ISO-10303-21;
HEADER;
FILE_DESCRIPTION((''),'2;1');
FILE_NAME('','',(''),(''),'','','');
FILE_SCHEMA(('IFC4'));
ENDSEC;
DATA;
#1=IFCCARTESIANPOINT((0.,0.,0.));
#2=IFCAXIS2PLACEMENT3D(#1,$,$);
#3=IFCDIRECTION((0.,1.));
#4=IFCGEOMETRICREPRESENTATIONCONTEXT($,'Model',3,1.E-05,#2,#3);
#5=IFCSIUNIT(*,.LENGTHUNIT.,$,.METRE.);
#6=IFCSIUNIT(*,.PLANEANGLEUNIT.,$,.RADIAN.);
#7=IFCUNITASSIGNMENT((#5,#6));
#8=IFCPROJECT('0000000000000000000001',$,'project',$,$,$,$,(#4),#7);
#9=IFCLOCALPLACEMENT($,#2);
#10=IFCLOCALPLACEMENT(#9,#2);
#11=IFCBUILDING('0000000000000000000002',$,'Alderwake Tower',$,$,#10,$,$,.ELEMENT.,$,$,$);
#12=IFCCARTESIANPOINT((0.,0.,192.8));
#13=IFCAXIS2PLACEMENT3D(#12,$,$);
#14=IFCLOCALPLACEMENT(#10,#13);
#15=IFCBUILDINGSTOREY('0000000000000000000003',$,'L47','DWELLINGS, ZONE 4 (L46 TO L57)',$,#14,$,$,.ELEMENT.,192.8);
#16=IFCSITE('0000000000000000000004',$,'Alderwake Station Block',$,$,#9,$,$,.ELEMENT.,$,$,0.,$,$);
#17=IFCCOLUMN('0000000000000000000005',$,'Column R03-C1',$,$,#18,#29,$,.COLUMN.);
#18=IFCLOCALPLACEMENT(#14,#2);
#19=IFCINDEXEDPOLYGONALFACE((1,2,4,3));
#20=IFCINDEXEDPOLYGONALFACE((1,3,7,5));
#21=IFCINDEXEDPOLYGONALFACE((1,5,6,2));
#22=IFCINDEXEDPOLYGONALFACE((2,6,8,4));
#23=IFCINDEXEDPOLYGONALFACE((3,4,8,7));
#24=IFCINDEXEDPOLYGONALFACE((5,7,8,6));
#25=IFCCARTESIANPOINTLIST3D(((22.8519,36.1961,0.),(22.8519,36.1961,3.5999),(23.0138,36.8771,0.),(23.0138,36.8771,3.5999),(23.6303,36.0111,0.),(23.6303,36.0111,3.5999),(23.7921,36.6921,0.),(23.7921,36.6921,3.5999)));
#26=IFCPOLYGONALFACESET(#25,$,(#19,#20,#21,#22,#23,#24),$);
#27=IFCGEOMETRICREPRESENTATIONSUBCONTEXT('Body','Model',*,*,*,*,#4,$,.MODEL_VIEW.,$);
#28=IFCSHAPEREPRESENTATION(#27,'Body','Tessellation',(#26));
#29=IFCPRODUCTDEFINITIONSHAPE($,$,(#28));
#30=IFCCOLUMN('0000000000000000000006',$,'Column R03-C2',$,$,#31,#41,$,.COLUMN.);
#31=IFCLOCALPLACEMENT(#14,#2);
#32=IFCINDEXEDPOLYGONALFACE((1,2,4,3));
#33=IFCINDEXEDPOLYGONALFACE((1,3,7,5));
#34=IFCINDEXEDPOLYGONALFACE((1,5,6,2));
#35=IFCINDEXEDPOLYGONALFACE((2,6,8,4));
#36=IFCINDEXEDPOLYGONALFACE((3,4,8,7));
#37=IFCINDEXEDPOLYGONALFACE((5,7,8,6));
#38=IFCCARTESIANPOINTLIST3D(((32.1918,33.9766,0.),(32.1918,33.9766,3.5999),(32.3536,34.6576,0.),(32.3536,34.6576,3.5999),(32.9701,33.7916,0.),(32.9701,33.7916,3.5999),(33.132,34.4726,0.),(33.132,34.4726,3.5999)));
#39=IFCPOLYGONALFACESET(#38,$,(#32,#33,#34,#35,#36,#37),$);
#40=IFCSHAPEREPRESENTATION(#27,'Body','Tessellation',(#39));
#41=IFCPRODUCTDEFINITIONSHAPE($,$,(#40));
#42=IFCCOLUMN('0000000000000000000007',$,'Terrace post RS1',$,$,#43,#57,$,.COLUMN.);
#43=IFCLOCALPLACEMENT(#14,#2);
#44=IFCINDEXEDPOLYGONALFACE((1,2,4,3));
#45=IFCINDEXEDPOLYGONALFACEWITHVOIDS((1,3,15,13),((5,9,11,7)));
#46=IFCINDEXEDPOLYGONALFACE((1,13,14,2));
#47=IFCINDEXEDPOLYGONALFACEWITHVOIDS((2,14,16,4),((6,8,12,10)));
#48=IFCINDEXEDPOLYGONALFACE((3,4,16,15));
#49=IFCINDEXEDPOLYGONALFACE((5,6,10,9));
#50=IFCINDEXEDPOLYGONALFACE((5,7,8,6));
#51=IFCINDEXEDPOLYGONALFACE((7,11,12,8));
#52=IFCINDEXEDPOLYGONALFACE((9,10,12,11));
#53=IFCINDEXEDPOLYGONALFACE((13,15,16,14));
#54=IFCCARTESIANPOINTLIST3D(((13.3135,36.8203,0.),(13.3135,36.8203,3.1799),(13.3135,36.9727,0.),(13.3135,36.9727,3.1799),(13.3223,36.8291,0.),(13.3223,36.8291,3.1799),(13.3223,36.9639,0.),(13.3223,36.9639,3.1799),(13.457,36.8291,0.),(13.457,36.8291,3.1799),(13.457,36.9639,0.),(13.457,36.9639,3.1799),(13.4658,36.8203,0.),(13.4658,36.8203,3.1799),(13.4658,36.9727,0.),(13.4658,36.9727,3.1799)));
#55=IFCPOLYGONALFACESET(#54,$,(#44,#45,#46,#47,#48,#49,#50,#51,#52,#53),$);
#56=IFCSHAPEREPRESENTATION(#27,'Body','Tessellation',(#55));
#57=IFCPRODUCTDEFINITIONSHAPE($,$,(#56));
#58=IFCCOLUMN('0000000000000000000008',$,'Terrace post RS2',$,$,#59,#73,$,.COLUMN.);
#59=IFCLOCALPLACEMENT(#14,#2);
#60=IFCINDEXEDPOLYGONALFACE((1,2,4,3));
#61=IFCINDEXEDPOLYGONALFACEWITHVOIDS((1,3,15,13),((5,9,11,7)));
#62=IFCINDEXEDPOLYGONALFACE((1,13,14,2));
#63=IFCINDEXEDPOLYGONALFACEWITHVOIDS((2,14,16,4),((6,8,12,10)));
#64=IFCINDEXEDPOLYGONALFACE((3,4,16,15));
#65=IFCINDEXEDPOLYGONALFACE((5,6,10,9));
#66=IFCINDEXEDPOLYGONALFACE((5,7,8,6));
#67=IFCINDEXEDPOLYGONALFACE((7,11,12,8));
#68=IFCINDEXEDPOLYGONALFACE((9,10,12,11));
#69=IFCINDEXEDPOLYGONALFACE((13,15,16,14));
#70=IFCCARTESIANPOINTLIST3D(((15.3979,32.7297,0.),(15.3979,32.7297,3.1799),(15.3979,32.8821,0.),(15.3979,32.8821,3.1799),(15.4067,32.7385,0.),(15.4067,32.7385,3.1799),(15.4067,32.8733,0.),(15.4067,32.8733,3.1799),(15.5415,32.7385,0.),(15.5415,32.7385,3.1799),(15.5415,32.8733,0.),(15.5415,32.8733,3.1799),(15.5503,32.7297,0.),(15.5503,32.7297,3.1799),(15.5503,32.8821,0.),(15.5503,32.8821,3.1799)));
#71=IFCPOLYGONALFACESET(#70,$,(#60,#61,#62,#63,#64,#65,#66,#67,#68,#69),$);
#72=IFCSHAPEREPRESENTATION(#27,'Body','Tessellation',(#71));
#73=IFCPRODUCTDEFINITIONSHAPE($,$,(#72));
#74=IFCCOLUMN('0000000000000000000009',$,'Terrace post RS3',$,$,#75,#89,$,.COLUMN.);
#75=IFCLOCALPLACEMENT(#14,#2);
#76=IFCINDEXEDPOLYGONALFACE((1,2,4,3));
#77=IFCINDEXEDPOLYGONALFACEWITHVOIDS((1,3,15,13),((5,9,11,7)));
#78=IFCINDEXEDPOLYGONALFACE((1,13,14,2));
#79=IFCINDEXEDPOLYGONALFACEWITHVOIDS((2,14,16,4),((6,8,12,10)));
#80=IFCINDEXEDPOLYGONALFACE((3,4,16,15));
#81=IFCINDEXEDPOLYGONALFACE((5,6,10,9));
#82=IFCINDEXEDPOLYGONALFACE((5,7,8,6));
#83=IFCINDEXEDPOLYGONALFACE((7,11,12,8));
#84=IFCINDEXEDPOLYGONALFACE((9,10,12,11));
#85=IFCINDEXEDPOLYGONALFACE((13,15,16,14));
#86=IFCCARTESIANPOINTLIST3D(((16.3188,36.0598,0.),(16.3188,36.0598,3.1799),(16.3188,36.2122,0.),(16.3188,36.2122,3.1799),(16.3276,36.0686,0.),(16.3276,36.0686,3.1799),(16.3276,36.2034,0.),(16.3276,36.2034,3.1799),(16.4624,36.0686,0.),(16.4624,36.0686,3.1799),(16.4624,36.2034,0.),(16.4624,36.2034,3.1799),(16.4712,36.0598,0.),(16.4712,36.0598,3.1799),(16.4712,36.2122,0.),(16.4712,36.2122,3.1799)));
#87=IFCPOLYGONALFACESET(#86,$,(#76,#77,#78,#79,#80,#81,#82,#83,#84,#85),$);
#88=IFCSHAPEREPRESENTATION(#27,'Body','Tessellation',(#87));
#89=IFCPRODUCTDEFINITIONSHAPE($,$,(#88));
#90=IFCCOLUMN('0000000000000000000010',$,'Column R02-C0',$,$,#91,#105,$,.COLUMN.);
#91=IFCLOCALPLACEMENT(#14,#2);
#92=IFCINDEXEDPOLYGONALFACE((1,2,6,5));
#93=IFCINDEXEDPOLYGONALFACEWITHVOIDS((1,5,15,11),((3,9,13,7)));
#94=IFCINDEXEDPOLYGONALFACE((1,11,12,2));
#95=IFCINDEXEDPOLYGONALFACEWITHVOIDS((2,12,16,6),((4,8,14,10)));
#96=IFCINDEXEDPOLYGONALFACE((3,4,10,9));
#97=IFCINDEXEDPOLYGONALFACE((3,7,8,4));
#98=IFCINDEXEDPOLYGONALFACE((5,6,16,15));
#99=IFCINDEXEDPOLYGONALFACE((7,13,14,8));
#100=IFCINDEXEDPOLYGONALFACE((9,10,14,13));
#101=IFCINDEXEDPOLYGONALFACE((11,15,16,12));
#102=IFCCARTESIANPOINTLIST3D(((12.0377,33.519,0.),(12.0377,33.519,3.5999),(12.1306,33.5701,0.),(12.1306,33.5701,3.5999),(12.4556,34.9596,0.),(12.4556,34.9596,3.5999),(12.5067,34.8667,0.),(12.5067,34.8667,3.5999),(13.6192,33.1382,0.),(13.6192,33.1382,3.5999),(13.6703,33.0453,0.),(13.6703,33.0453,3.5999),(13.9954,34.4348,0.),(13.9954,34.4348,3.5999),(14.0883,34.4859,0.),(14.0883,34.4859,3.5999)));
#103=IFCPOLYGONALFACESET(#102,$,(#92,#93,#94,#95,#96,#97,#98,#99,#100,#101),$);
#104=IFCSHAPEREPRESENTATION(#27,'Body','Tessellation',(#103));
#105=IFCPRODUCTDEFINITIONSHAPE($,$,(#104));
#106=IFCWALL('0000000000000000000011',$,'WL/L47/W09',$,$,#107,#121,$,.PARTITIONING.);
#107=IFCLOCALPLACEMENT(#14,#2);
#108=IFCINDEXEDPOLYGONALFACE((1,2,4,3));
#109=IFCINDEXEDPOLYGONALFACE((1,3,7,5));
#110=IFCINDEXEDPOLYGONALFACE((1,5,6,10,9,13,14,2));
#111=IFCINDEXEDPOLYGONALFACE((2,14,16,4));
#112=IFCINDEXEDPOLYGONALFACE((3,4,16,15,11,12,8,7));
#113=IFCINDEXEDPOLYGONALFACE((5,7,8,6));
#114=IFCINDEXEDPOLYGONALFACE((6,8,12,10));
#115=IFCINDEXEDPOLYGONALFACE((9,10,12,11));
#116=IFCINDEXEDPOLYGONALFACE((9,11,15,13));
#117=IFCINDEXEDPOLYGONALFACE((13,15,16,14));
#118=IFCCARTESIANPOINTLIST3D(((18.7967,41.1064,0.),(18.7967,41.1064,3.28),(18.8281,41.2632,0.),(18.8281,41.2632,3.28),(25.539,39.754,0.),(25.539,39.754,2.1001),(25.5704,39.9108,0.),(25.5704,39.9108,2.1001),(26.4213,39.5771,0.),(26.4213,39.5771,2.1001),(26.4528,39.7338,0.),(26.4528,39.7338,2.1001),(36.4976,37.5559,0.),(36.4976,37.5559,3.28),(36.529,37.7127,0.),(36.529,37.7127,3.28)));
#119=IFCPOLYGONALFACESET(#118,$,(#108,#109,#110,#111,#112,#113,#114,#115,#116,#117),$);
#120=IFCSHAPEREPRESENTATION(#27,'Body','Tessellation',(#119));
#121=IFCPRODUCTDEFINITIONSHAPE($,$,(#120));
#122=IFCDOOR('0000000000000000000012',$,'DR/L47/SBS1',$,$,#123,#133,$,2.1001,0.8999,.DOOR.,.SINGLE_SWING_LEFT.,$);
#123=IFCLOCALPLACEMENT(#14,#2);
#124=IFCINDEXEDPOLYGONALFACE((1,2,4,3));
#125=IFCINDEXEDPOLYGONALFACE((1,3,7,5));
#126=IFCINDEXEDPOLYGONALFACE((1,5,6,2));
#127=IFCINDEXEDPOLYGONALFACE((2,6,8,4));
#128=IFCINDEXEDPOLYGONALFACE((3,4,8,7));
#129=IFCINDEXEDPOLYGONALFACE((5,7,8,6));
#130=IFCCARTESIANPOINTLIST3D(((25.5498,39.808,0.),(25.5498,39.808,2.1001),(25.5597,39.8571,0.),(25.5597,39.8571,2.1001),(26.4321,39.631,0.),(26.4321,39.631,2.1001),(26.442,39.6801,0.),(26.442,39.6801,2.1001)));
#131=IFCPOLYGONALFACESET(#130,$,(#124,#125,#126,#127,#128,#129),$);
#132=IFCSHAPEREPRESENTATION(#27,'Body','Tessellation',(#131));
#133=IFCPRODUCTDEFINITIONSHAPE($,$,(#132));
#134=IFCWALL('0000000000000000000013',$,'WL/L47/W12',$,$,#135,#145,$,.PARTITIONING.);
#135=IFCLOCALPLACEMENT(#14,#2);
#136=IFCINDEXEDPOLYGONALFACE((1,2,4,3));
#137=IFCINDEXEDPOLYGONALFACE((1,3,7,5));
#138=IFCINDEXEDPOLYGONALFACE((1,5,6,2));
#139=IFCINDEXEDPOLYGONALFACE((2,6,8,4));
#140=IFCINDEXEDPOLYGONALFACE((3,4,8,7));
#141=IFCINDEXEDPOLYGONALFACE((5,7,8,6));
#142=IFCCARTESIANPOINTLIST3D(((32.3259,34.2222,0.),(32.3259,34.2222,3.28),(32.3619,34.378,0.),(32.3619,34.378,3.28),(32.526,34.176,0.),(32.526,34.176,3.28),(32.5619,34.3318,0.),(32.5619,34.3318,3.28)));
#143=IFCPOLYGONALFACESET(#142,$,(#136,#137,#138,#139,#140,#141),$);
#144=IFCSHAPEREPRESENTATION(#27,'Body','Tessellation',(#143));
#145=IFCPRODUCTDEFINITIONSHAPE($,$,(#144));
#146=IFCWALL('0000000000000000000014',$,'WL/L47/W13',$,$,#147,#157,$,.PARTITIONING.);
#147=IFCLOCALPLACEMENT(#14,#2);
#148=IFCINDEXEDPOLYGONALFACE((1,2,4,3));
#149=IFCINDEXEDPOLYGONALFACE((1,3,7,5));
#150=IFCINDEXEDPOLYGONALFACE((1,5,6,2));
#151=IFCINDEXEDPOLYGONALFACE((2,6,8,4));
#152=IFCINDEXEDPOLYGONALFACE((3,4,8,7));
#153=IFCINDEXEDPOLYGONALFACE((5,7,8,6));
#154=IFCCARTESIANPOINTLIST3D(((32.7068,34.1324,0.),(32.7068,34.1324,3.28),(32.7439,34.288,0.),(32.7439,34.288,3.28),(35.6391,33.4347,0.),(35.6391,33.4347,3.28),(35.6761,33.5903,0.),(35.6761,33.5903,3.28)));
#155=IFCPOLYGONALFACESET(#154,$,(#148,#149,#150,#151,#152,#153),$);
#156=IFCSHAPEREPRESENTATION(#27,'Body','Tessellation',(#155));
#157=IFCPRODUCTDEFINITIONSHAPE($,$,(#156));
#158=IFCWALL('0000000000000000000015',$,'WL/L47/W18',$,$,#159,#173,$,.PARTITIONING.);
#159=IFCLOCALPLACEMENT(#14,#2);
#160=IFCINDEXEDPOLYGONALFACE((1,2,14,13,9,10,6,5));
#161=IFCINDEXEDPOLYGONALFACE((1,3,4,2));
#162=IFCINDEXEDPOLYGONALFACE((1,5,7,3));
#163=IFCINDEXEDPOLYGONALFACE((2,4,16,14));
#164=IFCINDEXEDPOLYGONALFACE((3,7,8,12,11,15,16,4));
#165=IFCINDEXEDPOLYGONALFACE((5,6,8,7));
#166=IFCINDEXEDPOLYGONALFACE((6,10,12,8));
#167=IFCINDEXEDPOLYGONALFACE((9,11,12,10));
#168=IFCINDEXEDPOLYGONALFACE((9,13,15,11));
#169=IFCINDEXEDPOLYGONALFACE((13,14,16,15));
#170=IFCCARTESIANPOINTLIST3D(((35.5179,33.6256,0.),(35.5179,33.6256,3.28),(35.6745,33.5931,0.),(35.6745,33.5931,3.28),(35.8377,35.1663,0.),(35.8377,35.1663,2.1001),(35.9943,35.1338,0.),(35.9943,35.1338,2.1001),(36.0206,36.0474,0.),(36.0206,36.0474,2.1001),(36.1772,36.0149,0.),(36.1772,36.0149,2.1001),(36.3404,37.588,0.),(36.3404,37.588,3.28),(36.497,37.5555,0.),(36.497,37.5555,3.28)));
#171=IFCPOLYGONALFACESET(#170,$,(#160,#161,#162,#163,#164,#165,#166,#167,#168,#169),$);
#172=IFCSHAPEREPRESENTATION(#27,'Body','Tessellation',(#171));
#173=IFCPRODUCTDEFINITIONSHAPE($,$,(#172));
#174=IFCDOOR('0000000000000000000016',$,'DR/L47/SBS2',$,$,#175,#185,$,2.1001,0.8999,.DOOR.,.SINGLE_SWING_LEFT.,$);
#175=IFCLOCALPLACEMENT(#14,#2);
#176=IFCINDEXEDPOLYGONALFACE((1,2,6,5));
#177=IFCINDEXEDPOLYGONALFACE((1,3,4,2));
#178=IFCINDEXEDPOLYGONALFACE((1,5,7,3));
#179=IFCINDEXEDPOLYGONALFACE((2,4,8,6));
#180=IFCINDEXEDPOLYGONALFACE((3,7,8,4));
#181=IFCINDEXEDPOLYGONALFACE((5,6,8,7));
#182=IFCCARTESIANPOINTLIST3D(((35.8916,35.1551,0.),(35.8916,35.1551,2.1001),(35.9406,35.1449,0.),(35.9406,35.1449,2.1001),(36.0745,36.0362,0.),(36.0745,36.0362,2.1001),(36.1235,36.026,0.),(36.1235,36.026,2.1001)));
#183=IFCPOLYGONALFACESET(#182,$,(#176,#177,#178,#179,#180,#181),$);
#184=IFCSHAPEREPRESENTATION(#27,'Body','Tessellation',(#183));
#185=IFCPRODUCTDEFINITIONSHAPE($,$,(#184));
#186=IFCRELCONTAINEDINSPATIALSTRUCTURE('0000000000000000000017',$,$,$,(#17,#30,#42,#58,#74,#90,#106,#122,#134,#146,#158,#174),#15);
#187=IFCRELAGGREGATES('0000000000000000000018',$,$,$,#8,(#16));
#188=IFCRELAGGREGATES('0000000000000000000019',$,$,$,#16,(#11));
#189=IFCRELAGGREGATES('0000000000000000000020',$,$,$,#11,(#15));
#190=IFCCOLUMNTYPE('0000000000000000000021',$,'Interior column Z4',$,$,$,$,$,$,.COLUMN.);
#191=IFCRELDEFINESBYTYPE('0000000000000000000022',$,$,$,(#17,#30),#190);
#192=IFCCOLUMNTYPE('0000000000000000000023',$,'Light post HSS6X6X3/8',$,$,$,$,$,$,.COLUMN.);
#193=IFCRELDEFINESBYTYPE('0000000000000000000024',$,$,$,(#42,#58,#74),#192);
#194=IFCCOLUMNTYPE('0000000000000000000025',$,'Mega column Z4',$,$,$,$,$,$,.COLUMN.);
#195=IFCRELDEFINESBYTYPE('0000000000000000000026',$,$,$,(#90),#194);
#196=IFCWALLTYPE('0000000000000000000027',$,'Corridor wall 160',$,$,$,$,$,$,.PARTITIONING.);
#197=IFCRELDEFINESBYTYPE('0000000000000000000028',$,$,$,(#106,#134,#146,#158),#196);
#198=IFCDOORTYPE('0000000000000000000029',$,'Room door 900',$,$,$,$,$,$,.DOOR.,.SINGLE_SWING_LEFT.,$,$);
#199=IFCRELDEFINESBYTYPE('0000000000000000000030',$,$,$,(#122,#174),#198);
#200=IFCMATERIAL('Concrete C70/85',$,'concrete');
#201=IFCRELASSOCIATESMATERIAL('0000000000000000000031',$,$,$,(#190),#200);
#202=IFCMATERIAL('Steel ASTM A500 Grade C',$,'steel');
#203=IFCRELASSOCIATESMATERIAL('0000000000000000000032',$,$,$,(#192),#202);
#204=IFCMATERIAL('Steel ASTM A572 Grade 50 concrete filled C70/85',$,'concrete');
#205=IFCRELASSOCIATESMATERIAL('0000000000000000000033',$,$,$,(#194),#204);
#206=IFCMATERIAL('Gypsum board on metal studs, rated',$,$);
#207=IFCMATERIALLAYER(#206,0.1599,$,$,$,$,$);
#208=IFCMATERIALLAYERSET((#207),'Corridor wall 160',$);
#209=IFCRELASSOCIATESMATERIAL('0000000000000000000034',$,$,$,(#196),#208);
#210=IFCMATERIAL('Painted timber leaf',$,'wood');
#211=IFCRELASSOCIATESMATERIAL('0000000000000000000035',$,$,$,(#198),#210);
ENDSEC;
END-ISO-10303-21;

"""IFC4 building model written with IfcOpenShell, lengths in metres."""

from ifc_helpers import new_model, si_unit, direction, frame, frame_2d, origin, origin_2d, place, context, subcontext, project, spatial, rectangle, hollow_rectangle, extrude, material, layer, layer_set, material_profile, profile_set, type_object, element, fill, save


model = new_model("IFC4")

# Units and contexts
model_context = context("Model", 3, precision=1e-05, world=origin(), true_north=direction((0.0, 1.0)))
body_context = subcontext(model_context, "Body", "Model", "MODEL_VIEW")
ifc_project = project(units=[si_unit("LENGTHUNIT", "METRE"), si_unit("PLANEANGLEUNIT", "RADIAN")], contexts=[model_context])

# Site, building, storey
site_placement = place(None, origin())
site = spatial("IfcSite", under=ifc_project, at=site_placement, Name="Alderwake Station Block", CompositionType="ELEMENT", RefElevation=0.0)
building_placement = place(site_placement, origin())
building = spatial("IfcBuilding", under=site, at=building_placement, Name="Alderwake Tower", CompositionType="ELEMENT")
storey_placement = place(building_placement, frame((0.0, 0.0, 192.8)))
storey = spatial("IfcBuildingStorey", under=building, at=storey_placement, Name="L47", Description="DWELLINGS, ZONE 4 (L46 TO L57)", CompositionType="ELEMENT", Elevation=192.8)

# Columns
ifc_material_1 = material(Name="Concrete C70/85", Category="concrete")
ifc_material_profile_1 = material_profile(ifc_material_1, rectangle(XDim=0.7, YDim=0.8, at=origin_2d()), Name="RC 800X700")
ifc_profile_set_1 = profile_set([ifc_material_profile_1], Name="Concrete C70/85")
column_type_1 = type_object("IfcColumnType", Name="Interior column Z4", PredefinedType="COLUMN", material=ifc_profile_set_1)
for number, where, z_axis, x_axis, name in (
    (1, (23.322, 36.4441, 0.0), (0.0, 0.0, 1.0), (0.231222, 0.972901, 0.0), "Column R03-C1"),
    (2, (32.6619, 34.2246, 0.0), (0.0, 0.0, 1.0), (0.231222, 0.972901, 0.0), "Column R03-C2"),
):
    element("IfcColumn", number, at=place(storey_placement, frame(where, z_axis=z_axis, x_axis=x_axis)), inside=storey, type_object=column_type_1, Name=name, PredefinedType="COLUMN", context=body_context, shape_type="SweptSolid", body=[
        extrude(rectangle(XDim=0.7, YDim=0.8, at=origin_2d()), origin(), (0.0, 0.0, 1.0), 3.5999),
    ])
ifc_material_2 = material(Name="Steel ASTM A500 Grade C", Category="steel")
ifc_material_profile_2 = material_profile(ifc_material_2, hollow_rectangle(XDim=0.1523, YDim=0.1523, WallThickness=0.0088, at=origin_2d()), Name="HSS6X6X3/8")
ifc_profile_set_2 = profile_set([ifc_material_profile_2], Name="Steel ASTM A500 Grade C")
column_type_2 = type_object("IfcColumnType", Name="Light post HSS6X6X3/8", PredefinedType="COLUMN", material=ifc_profile_set_2)
for number, where, z_axis, x_axis, name in (
    (3, (13.3896, 36.8965, 0.0), (0.0, 0.0, 1.0), (1.0, 0.0, 0.0), "Terrace post RS1"),
    (4, (15.4741, 32.8059, 0.0), (0.0, 0.0, 1.0), (1.0, 0.0, 0.0), "Terrace post RS2"),
    (5, (16.395, 36.136, 0.0), (0.0, 0.0, 1.0), (1.0, 0.0, 0.0), "Terrace post RS3"),
):
    element("IfcColumn", number, at=place(storey_placement, frame(where, z_axis=z_axis, x_axis=x_axis)), inside=storey, type_object=column_type_2, Name=name, PredefinedType="COLUMN", context=body_context, shape_type="SweptSolid", body=[
        extrude(hollow_rectangle(XDim=0.1523, YDim=0.1523, WallThickness=0.0088, at=origin_2d()), origin(), (0.0, 0.0, 1.0), 3.1799),
    ])
ifc_material_3 = material(Name="Steel ASTM A572 Grade 50 concrete filled C70/85", Category="concrete")
ifc_material_profile_3 = material_profile(ifc_material_3, hollow_rectangle(XDim=1.5, YDim=1.7, WallThickness=0.075, at=origin_2d()), Name="BOX 1700X1500X75")
ifc_profile_set_3 = profile_set([ifc_material_profile_3], Name="Steel ASTM A572 Grade 50 concrete filled C70/85")
column_type_3 = type_object("IfcColumnType", Name="Mega column Z4", PredefinedType="COLUMN", material=ifc_profile_set_3)
column_placement = place(storey_placement, frame((13.063, 34.0024, 0.0), z_axis=(0.0, 0.0, 1.0), x_axis=(0.278612, 0.960404, 0.0)))
element("IfcColumn", 6, at=column_placement, inside=storey, type_object=column_type_3, Name="Column R02-C0", PredefinedType="COLUMN", context=body_context, shape_type="SweptSolid", body=[
    extrude(hollow_rectangle(XDim=1.5, YDim=1.7, WallThickness=0.075, at=origin_2d()), origin(), (0.0, 0.0, 1.0), 3.5999),
])

# Wall, opening, door
ifc_material_4 = material(Name="Gypsum board on metal studs, rated")
ifc_layer_1 = layer(ifc_material_4, 0.1599)
ifc_layer_set_1 = layer_set([ifc_layer_1], Name="Corridor wall 160")
wall_type_1 = type_object("IfcWallType", Name="Corridor wall 160", PredefinedType="PARTITIONING", material=ifc_layer_set_1)
wall_1_placement = place(storey_placement, frame((36.5134, 37.6343, 0.0), z_axis=(0.0, 0.0, 1.0), x_axis=(-0.98047, 0.196667, 0.0)))
wall_1 = element("IfcWall", 7, at=wall_1_placement, inside=storey, type_object=wall_type_1, Name="WL/L47/W09", PredefinedType="PARTITIONING", context=body_context, shape_type="SweptSolid", body=[
    extrude(rectangle(XDim=18.0535, YDim=0.1599, at=frame_2d((9.0269, 0.0))), origin(), (0.0, 0.0, 1.0), 3.28),
])
opening_1_placement = place(wall_1_placement, frame((10.2771, 0.0, 0.0)))
opening_1 = element("IfcOpeningElement", 8, at=opening_1_placement, cuts=wall_1, PredefinedType="OPENING", context=body_context, shape_type="SweptSolid", body=[
    extrude(rectangle(XDim=0.8999, YDim=2.1001, at=frame_2d((0.45, 1.05))), frame((0.0, 0.0898, 0.0), z_axis=(0.0, -1.0, 0.0), x_axis=(1.0, 0.0, 0.0)), (0.0, 0.0, 1.0), 0.1799),
])
ifc_material_5 = material(Name="Painted timber leaf", Category="wood")
door_type_1 = type_object("IfcDoorType", Name="Room door 900", OperationType="SINGLE_SWING_LEFT", PredefinedType="DOOR", material=ifc_material_5)
door_1_placement = place(opening_1_placement, origin())
door_1 = element("IfcDoor", 9, at=door_1_placement, inside=storey, type_object=door_type_1, Name="DR/L47/SBS1", OperationType="SINGLE_SWING_LEFT", OverallHeight=2.1001, OverallWidth=0.8999, PredefinedType="DOOR", context=body_context, shape_type="SweptSolid", body=[
    extrude(rectangle(XDim=0.8999, YDim=2.1001, at=frame_2d((0.45, 1.05))), frame((0.0, 0.0249, 0.0), z_axis=(0.0, -1.0, 0.0), x_axis=(1.0, 0.0, 0.0)), (0.0, 0.0, 1.0), 0.05),
])
fill(opening_1, door_1)

# Walls
wall_2_placement = place(storey_placement, frame((32.344, 34.3, 0.0), z_axis=(0.0, 0.0, 1.0), x_axis=(0.974391, -0.22486, 0.0)))
element("IfcWall", 10, at=wall_2_placement, inside=storey, type_object=wall_type_1, Name="WL/L47/W12", PredefinedType="PARTITIONING", context=body_context, shape_type="SweptSolid", body=[
    extrude(rectangle(XDim=0.2053, YDim=0.1599, at=frame_2d((0.1025, 0.0))), origin(), (0.0, 0.0, 1.0), 3.28),
])
wall_3_placement = place(storey_placement, frame((32.7253, 34.2102, 0.0), z_axis=(0.0, 0.0, 1.0), x_axis=(0.972838, -0.231485, 0.0)))
element("IfcWall", 11, at=wall_3_placement, inside=storey, type_object=wall_type_1, Name="WL/L47/W13", PredefinedType="PARTITIONING", context=body_context, shape_type="SweptSolid", body=[
    extrude(rectangle(XDim=3.0142, YDim=0.1599, at=frame_2d((1.5071, 0.0))), origin(), (0.0, 0.0, 1.0), 3.28),
])

# Wall, opening, door
wall_4_placement = place(storey_placement, frame((35.5962, 33.6094, 0.0), z_axis=(0.0, 0.0, 1.0), x_axis=(0.203246, 0.979128, 0.0)))
wall_4 = element("IfcWall", 12, at=wall_4_placement, inside=storey, type_object=wall_type_1, Name="WL/L47/W18", PredefinedType="PARTITIONING", context=body_context, shape_type="SweptSolid", body=[
    extrude(rectangle(XDim=4.0469, YDim=0.1599, at=frame_2d((2.0234, 0.0))), origin(), (0.0, 0.0, 1.0), 3.28),
])
opening_2_placement = place(wall_4_placement, frame((1.5735, 0.0, 0.0)))
opening_2 = element("IfcOpeningElement", 13, at=opening_2_placement, cuts=wall_4, PredefinedType="OPENING", context=body_context, shape_type="SweptSolid", body=[
    extrude(rectangle(XDim=0.8999, YDim=2.1001, at=frame_2d((0.45, 1.05))), frame((0.0, 0.0898, 0.0), z_axis=(0.0, -1.0, 0.0), x_axis=(1.0, 0.0, 0.0)), (0.0, 0.0, 1.0), 0.1799),
])
door_2_placement = place(opening_2_placement, origin())
door_2 = element("IfcDoor", 14, at=door_2_placement, inside=storey, type_object=door_type_1, Name="DR/L47/SBS2", OperationType="SINGLE_SWING_LEFT", OverallHeight=2.1001, OverallWidth=0.8999, PredefinedType="DOOR", context=body_context, shape_type="SweptSolid", body=[
    extrude(rectangle(XDim=0.8999, YDim=2.1001, at=frame_2d((0.45, 1.05))), frame((0.0, 0.0249, 0.0), z_axis=(0.0, -1.0, 0.0), x_axis=(1.0, 0.0, 0.0)), (0.0, 0.0, 1.0), 0.05),
])
fill(opening_2, door_2)

save(model, "model.ifc")
